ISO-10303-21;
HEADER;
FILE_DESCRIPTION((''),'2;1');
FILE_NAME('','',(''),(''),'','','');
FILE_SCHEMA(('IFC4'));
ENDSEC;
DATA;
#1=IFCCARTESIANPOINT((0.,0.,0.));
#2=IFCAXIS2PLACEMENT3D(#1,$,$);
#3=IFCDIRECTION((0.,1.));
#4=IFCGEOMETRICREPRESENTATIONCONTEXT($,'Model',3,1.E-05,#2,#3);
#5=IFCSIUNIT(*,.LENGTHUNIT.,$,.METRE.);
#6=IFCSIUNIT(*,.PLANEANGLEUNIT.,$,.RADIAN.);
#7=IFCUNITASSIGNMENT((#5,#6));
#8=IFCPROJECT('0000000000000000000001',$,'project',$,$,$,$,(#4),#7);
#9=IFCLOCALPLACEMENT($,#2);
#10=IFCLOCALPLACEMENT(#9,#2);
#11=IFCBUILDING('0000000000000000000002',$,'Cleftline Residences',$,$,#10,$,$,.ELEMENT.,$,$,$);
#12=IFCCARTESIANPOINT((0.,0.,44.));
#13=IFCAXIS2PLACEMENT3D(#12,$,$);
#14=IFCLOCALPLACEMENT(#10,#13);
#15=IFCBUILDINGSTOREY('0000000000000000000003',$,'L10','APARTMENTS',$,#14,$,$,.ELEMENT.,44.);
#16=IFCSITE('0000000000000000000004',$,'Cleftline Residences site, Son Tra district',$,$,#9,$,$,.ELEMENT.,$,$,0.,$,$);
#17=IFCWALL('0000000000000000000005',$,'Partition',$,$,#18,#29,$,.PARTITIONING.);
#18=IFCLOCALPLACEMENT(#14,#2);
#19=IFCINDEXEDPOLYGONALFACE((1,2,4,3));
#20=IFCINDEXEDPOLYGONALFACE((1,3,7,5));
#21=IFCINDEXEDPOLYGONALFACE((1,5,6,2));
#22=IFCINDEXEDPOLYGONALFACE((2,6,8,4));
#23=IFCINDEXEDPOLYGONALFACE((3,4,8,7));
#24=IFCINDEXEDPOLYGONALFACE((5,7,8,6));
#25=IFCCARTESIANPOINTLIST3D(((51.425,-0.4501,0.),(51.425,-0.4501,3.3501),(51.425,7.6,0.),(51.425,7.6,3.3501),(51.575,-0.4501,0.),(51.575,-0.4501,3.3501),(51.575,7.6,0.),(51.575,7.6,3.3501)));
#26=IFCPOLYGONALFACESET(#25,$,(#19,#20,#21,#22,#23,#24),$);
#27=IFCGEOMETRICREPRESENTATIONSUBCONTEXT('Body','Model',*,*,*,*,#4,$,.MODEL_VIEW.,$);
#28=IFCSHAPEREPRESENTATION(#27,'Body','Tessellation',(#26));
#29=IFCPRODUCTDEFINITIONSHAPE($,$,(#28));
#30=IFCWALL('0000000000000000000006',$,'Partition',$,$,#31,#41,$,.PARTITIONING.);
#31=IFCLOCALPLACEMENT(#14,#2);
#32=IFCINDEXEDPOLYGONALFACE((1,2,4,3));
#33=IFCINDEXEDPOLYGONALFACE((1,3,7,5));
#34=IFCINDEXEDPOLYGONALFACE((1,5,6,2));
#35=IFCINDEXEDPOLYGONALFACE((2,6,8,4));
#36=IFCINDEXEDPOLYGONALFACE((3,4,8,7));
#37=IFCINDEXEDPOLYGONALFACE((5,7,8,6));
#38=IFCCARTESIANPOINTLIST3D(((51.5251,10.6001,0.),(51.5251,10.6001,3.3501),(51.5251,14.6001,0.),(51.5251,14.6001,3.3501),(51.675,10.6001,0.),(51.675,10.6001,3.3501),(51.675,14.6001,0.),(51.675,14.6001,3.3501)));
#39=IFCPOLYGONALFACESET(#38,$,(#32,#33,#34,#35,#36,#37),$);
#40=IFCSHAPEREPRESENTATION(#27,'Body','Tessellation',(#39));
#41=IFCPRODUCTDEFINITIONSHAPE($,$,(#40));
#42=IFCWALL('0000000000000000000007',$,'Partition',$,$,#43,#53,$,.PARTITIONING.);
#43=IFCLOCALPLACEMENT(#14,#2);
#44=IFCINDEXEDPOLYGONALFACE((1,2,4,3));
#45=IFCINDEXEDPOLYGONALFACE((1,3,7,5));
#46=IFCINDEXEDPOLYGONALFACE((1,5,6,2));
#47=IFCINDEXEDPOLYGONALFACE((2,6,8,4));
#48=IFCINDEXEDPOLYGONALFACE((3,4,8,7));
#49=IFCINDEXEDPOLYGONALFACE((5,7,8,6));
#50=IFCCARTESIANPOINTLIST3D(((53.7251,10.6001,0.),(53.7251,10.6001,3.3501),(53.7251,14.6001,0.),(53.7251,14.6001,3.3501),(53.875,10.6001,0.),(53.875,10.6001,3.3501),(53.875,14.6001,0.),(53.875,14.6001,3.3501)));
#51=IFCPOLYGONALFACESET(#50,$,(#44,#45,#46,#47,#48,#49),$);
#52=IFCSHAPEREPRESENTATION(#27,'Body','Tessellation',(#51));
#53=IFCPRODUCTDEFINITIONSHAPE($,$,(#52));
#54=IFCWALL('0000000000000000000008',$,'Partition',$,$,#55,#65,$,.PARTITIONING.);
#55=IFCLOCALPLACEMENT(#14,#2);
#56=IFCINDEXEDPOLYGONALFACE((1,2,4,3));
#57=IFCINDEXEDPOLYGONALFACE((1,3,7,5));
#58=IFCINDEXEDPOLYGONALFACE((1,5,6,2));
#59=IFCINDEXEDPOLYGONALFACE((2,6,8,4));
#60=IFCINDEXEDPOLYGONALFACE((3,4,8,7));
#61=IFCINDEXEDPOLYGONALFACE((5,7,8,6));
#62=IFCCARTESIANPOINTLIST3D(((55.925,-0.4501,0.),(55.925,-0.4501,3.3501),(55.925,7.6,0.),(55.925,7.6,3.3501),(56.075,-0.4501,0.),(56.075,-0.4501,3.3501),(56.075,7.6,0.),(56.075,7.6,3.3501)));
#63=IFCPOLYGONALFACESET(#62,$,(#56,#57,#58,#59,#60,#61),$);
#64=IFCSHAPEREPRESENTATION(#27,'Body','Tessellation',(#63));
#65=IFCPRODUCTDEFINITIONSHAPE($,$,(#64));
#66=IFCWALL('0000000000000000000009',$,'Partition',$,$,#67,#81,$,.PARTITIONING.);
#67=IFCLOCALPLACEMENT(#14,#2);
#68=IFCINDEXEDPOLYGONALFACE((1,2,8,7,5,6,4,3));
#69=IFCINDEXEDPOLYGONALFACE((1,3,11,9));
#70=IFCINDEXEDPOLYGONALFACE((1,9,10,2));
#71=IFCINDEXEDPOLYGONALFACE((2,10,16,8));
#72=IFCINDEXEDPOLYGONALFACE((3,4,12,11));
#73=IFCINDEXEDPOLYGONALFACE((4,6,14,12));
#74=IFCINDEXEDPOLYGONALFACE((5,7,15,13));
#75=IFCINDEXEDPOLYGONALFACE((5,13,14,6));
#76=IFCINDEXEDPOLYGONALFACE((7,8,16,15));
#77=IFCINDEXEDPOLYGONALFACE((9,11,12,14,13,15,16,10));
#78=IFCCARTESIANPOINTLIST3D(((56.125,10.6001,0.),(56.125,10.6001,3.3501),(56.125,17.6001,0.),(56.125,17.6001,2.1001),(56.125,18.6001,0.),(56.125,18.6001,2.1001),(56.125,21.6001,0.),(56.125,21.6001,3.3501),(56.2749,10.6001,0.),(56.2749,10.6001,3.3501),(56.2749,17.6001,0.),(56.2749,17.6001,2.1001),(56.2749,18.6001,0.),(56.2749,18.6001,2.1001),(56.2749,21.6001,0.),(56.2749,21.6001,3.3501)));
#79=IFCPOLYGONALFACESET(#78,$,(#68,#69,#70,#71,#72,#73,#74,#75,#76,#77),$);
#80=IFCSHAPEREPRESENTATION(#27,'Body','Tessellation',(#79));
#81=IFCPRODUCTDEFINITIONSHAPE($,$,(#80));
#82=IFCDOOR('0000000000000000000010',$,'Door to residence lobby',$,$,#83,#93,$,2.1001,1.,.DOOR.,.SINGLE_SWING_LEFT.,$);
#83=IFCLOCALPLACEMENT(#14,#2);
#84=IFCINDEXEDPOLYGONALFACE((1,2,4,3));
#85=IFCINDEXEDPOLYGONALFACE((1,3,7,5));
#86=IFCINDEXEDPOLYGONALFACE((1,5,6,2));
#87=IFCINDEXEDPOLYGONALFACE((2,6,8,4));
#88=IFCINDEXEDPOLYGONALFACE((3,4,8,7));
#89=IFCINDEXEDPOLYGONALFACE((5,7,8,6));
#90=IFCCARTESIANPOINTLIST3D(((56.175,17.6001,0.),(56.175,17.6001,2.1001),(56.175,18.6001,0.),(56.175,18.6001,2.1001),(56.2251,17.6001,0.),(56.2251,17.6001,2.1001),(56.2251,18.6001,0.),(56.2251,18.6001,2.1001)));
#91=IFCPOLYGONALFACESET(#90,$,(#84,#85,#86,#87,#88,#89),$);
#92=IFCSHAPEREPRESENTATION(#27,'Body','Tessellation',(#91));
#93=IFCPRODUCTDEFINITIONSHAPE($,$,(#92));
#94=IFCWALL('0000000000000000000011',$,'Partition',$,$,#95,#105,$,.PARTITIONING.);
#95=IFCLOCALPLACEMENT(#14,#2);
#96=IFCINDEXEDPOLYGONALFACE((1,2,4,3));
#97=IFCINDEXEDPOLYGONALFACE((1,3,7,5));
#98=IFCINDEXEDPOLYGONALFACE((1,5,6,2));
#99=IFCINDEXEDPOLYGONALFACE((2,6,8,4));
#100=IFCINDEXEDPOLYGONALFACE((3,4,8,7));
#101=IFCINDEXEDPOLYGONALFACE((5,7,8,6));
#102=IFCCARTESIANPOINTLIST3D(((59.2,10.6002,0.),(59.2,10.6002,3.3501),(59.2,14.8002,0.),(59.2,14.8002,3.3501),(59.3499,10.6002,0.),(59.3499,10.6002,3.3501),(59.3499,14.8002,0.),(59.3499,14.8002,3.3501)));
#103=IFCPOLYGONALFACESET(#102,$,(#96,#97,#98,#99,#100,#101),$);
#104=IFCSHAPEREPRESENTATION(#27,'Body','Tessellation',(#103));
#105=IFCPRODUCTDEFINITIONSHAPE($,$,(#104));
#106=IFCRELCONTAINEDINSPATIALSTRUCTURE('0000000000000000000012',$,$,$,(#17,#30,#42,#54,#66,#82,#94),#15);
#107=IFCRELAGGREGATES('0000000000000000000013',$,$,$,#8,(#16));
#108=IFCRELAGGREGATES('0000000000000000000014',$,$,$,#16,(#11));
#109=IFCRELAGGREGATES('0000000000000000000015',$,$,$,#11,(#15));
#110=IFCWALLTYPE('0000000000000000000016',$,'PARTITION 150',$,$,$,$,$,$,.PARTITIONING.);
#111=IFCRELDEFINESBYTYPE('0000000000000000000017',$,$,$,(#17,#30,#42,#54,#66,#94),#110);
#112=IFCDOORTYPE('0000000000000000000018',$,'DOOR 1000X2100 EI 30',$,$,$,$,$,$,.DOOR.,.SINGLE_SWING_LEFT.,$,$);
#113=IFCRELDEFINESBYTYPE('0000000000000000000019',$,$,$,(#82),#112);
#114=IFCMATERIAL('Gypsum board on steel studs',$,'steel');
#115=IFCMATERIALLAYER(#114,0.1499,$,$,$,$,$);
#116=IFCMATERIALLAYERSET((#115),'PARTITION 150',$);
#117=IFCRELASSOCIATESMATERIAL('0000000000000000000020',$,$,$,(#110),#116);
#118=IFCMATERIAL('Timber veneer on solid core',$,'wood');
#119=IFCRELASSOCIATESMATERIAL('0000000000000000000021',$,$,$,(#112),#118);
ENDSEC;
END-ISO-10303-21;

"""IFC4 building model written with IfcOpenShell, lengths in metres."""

from ifc_helpers import new_model, si_unit, direction, frame, frame_2d, origin, place, context, subcontext, project, spatial, rectangle, extrude, material, layer, layer_set, type_object, element, fill, save


model = new_model("IFC4")

# Units and contexts
model_context = context("Model", 3, precision=1e-05, world=origin(), true_north=direction((0.0, 1.0)))
body_context = subcontext(model_context, "Body", "Model", "MODEL_VIEW")
ifc_project = project(units=[si_unit("LENGTHUNIT", "METRE"), si_unit("PLANEANGLEUNIT", "RADIAN")], contexts=[model_context])

# Site, building, storey
site_placement = place(None, origin())
site = spatial("IfcSite", under=ifc_project, at=site_placement, Name="Cleftline Residences site, Son Tra district", CompositionType="ELEMENT", RefElevation=0.0)
building_placement = place(site_placement, origin())
building = spatial("IfcBuilding", under=site, at=building_placement, Name="Cleftline Residences", CompositionType="ELEMENT")
storey_placement = place(building_placement, frame((0.0, 0.0, 44.0)))
storey = spatial("IfcBuildingStorey", under=building, at=storey_placement, Name="L10", Description="APARTMENTS", CompositionType="ELEMENT", Elevation=44.0)

# Shared definitions
ifc_material_1 = material(Name="Gypsum board on steel studs", Category="steel")
ifc_layer_1 = layer(ifc_material_1, 0.1499)
ifc_layer_set_1 = layer_set([ifc_layer_1], Name="PARTITION 150")
wall_type_1 = type_object("IfcWallType", Name="PARTITION 150", PredefinedType="PARTITIONING", material=ifc_layer_set_1)

# Walls
wall_1_placement = place(storey_placement, frame((51.5, -0.45, 0.0), z_axis=(0.0, 0.0, 1.0), x_axis=(0.0, 1.0, 0.0)))
element("IfcWall", 1, at=wall_1_placement, inside=storey, type_object=wall_type_1, Name="Partition", PredefinedType="PARTITIONING", context=body_context, shape_type="SweptSolid", body=[
    extrude(rectangle(XDim=8.05, YDim=0.1499, at=frame_2d((4.0249, 0.0))), origin(), (0.0, 0.0, 1.0), 3.3501),
])
for number, where, z_axis, x_axis, name in (
    (2, (51.6001, 10.6001, 0.0), (0.0, 0.0, 1.0), (0.0, 1.0, 0.0), "Partition"),
    (3, (53.8, 10.6001, 0.0), (0.0, 0.0, 1.0), (0.0, 1.0, 0.0), "Partition"),
):
    element("IfcWall", number, at=place(storey_placement, frame(where, z_axis=z_axis, x_axis=x_axis)), inside=storey, type_object=wall_type_1, Name=name, PredefinedType="PARTITIONING", context=body_context, shape_type="SweptSolid", body=[
        extrude(rectangle(XDim=4.0, YDim=0.1499, at=frame_2d((2.0, 0.0))), origin(), (0.0, 0.0, 1.0), 3.3501),
    ])
wall_2_placement = place(storey_placement, frame((56.0, -0.45, 0.0), z_axis=(0.0, 0.0, 1.0), x_axis=(0.0, 1.0, 0.0)))
element("IfcWall", 4, at=wall_2_placement, inside=storey, type_object=wall_type_1, Name="Partition", PredefinedType="PARTITIONING", context=body_context, shape_type="SweptSolid", body=[
    extrude(rectangle(XDim=8.05, YDim=0.1499, at=frame_2d((4.0249, 0.0))), origin(), (0.0, 0.0, 1.0), 3.3501),
])

# Wall, opening, door
wall_3_placement = place(storey_placement, frame((56.2, 10.6001, 0.0), z_axis=(0.0, 0.0, 1.0), x_axis=(0.0, 1.0, 0.0)))
wall_3 = element("IfcWall", 5, at=wall_3_placement, inside=storey, type_object=wall_type_1, Name="Partition", PredefinedType="PARTITIONING", context=body_context, shape_type="SweptSolid", body=[
    extrude(rectangle(XDim=11.0, YDim=0.1499, at=frame_2d((5.5, 0.0))), origin(), (0.0, 0.0, 1.0), 3.3501),
])
opening_1_placement = place(wall_3_placement, frame((7.0, 0.0, 0.0)))
opening_1 = element("IfcOpeningElement", 6, at=opening_1_placement, cuts=wall_3, PredefinedType="OPENING", context=body_context, shape_type="SweptSolid", body=[
    extrude(rectangle(XDim=1.0, YDim=2.1001, at=frame_2d((0.5, 1.05))), frame((0.0, 0.085, 0.0), z_axis=(0.0, -1.0, 0.0), x_axis=(1.0, 0.0, 0.0)), (0.0, 0.0, 1.0), 0.1699),
])
ifc_material_2 = material(Name="Timber veneer on solid core", Category="wood")
door_type_1 = type_object("IfcDoorType", Name="DOOR 1000X2100 EI 30", OperationType="SINGLE_SWING_LEFT", PredefinedType="DOOR", material=ifc_material_2)
door_1_placement = place(opening_1_placement, origin())
door_1 = element("IfcDoor", 7, at=door_1_placement, inside=storey, type_object=door_type_1, Name="Door to residence lobby", OperationType="SINGLE_SWING_LEFT", OverallHeight=2.1001, OverallWidth=1.0, PredefinedType="DOOR", context=body_context, shape_type="SweptSolid", body=[
    extrude(rectangle(XDim=1.0, YDim=2.1001, at=frame_2d((0.5, 1.05))), frame((0.0, 0.0249, 0.0), z_axis=(0.0, -1.0, 0.0), x_axis=(1.0, 0.0, 0.0)), (0.0, 0.0, 1.0), 0.05),
])
fill(opening_1, door_1)

# Wall
wall_4_placement = place(storey_placement, frame((59.2749, 10.6001, 0.0), z_axis=(0.0, 0.0, 1.0), x_axis=(0.0, 1.0, 0.0)))
element("IfcWall", 8, at=wall_4_placement, inside=storey, type_object=wall_type_1, Name="Partition", PredefinedType="PARTITIONING", context=body_context, shape_type="SweptSolid", body=[
    extrude(rectangle(XDim=4.2, YDim=0.1499, at=frame_2d((2.1001, 0.0))), origin(), (0.0, 0.0, 1.0), 3.3501),
])

save(model, "model.ifc")
